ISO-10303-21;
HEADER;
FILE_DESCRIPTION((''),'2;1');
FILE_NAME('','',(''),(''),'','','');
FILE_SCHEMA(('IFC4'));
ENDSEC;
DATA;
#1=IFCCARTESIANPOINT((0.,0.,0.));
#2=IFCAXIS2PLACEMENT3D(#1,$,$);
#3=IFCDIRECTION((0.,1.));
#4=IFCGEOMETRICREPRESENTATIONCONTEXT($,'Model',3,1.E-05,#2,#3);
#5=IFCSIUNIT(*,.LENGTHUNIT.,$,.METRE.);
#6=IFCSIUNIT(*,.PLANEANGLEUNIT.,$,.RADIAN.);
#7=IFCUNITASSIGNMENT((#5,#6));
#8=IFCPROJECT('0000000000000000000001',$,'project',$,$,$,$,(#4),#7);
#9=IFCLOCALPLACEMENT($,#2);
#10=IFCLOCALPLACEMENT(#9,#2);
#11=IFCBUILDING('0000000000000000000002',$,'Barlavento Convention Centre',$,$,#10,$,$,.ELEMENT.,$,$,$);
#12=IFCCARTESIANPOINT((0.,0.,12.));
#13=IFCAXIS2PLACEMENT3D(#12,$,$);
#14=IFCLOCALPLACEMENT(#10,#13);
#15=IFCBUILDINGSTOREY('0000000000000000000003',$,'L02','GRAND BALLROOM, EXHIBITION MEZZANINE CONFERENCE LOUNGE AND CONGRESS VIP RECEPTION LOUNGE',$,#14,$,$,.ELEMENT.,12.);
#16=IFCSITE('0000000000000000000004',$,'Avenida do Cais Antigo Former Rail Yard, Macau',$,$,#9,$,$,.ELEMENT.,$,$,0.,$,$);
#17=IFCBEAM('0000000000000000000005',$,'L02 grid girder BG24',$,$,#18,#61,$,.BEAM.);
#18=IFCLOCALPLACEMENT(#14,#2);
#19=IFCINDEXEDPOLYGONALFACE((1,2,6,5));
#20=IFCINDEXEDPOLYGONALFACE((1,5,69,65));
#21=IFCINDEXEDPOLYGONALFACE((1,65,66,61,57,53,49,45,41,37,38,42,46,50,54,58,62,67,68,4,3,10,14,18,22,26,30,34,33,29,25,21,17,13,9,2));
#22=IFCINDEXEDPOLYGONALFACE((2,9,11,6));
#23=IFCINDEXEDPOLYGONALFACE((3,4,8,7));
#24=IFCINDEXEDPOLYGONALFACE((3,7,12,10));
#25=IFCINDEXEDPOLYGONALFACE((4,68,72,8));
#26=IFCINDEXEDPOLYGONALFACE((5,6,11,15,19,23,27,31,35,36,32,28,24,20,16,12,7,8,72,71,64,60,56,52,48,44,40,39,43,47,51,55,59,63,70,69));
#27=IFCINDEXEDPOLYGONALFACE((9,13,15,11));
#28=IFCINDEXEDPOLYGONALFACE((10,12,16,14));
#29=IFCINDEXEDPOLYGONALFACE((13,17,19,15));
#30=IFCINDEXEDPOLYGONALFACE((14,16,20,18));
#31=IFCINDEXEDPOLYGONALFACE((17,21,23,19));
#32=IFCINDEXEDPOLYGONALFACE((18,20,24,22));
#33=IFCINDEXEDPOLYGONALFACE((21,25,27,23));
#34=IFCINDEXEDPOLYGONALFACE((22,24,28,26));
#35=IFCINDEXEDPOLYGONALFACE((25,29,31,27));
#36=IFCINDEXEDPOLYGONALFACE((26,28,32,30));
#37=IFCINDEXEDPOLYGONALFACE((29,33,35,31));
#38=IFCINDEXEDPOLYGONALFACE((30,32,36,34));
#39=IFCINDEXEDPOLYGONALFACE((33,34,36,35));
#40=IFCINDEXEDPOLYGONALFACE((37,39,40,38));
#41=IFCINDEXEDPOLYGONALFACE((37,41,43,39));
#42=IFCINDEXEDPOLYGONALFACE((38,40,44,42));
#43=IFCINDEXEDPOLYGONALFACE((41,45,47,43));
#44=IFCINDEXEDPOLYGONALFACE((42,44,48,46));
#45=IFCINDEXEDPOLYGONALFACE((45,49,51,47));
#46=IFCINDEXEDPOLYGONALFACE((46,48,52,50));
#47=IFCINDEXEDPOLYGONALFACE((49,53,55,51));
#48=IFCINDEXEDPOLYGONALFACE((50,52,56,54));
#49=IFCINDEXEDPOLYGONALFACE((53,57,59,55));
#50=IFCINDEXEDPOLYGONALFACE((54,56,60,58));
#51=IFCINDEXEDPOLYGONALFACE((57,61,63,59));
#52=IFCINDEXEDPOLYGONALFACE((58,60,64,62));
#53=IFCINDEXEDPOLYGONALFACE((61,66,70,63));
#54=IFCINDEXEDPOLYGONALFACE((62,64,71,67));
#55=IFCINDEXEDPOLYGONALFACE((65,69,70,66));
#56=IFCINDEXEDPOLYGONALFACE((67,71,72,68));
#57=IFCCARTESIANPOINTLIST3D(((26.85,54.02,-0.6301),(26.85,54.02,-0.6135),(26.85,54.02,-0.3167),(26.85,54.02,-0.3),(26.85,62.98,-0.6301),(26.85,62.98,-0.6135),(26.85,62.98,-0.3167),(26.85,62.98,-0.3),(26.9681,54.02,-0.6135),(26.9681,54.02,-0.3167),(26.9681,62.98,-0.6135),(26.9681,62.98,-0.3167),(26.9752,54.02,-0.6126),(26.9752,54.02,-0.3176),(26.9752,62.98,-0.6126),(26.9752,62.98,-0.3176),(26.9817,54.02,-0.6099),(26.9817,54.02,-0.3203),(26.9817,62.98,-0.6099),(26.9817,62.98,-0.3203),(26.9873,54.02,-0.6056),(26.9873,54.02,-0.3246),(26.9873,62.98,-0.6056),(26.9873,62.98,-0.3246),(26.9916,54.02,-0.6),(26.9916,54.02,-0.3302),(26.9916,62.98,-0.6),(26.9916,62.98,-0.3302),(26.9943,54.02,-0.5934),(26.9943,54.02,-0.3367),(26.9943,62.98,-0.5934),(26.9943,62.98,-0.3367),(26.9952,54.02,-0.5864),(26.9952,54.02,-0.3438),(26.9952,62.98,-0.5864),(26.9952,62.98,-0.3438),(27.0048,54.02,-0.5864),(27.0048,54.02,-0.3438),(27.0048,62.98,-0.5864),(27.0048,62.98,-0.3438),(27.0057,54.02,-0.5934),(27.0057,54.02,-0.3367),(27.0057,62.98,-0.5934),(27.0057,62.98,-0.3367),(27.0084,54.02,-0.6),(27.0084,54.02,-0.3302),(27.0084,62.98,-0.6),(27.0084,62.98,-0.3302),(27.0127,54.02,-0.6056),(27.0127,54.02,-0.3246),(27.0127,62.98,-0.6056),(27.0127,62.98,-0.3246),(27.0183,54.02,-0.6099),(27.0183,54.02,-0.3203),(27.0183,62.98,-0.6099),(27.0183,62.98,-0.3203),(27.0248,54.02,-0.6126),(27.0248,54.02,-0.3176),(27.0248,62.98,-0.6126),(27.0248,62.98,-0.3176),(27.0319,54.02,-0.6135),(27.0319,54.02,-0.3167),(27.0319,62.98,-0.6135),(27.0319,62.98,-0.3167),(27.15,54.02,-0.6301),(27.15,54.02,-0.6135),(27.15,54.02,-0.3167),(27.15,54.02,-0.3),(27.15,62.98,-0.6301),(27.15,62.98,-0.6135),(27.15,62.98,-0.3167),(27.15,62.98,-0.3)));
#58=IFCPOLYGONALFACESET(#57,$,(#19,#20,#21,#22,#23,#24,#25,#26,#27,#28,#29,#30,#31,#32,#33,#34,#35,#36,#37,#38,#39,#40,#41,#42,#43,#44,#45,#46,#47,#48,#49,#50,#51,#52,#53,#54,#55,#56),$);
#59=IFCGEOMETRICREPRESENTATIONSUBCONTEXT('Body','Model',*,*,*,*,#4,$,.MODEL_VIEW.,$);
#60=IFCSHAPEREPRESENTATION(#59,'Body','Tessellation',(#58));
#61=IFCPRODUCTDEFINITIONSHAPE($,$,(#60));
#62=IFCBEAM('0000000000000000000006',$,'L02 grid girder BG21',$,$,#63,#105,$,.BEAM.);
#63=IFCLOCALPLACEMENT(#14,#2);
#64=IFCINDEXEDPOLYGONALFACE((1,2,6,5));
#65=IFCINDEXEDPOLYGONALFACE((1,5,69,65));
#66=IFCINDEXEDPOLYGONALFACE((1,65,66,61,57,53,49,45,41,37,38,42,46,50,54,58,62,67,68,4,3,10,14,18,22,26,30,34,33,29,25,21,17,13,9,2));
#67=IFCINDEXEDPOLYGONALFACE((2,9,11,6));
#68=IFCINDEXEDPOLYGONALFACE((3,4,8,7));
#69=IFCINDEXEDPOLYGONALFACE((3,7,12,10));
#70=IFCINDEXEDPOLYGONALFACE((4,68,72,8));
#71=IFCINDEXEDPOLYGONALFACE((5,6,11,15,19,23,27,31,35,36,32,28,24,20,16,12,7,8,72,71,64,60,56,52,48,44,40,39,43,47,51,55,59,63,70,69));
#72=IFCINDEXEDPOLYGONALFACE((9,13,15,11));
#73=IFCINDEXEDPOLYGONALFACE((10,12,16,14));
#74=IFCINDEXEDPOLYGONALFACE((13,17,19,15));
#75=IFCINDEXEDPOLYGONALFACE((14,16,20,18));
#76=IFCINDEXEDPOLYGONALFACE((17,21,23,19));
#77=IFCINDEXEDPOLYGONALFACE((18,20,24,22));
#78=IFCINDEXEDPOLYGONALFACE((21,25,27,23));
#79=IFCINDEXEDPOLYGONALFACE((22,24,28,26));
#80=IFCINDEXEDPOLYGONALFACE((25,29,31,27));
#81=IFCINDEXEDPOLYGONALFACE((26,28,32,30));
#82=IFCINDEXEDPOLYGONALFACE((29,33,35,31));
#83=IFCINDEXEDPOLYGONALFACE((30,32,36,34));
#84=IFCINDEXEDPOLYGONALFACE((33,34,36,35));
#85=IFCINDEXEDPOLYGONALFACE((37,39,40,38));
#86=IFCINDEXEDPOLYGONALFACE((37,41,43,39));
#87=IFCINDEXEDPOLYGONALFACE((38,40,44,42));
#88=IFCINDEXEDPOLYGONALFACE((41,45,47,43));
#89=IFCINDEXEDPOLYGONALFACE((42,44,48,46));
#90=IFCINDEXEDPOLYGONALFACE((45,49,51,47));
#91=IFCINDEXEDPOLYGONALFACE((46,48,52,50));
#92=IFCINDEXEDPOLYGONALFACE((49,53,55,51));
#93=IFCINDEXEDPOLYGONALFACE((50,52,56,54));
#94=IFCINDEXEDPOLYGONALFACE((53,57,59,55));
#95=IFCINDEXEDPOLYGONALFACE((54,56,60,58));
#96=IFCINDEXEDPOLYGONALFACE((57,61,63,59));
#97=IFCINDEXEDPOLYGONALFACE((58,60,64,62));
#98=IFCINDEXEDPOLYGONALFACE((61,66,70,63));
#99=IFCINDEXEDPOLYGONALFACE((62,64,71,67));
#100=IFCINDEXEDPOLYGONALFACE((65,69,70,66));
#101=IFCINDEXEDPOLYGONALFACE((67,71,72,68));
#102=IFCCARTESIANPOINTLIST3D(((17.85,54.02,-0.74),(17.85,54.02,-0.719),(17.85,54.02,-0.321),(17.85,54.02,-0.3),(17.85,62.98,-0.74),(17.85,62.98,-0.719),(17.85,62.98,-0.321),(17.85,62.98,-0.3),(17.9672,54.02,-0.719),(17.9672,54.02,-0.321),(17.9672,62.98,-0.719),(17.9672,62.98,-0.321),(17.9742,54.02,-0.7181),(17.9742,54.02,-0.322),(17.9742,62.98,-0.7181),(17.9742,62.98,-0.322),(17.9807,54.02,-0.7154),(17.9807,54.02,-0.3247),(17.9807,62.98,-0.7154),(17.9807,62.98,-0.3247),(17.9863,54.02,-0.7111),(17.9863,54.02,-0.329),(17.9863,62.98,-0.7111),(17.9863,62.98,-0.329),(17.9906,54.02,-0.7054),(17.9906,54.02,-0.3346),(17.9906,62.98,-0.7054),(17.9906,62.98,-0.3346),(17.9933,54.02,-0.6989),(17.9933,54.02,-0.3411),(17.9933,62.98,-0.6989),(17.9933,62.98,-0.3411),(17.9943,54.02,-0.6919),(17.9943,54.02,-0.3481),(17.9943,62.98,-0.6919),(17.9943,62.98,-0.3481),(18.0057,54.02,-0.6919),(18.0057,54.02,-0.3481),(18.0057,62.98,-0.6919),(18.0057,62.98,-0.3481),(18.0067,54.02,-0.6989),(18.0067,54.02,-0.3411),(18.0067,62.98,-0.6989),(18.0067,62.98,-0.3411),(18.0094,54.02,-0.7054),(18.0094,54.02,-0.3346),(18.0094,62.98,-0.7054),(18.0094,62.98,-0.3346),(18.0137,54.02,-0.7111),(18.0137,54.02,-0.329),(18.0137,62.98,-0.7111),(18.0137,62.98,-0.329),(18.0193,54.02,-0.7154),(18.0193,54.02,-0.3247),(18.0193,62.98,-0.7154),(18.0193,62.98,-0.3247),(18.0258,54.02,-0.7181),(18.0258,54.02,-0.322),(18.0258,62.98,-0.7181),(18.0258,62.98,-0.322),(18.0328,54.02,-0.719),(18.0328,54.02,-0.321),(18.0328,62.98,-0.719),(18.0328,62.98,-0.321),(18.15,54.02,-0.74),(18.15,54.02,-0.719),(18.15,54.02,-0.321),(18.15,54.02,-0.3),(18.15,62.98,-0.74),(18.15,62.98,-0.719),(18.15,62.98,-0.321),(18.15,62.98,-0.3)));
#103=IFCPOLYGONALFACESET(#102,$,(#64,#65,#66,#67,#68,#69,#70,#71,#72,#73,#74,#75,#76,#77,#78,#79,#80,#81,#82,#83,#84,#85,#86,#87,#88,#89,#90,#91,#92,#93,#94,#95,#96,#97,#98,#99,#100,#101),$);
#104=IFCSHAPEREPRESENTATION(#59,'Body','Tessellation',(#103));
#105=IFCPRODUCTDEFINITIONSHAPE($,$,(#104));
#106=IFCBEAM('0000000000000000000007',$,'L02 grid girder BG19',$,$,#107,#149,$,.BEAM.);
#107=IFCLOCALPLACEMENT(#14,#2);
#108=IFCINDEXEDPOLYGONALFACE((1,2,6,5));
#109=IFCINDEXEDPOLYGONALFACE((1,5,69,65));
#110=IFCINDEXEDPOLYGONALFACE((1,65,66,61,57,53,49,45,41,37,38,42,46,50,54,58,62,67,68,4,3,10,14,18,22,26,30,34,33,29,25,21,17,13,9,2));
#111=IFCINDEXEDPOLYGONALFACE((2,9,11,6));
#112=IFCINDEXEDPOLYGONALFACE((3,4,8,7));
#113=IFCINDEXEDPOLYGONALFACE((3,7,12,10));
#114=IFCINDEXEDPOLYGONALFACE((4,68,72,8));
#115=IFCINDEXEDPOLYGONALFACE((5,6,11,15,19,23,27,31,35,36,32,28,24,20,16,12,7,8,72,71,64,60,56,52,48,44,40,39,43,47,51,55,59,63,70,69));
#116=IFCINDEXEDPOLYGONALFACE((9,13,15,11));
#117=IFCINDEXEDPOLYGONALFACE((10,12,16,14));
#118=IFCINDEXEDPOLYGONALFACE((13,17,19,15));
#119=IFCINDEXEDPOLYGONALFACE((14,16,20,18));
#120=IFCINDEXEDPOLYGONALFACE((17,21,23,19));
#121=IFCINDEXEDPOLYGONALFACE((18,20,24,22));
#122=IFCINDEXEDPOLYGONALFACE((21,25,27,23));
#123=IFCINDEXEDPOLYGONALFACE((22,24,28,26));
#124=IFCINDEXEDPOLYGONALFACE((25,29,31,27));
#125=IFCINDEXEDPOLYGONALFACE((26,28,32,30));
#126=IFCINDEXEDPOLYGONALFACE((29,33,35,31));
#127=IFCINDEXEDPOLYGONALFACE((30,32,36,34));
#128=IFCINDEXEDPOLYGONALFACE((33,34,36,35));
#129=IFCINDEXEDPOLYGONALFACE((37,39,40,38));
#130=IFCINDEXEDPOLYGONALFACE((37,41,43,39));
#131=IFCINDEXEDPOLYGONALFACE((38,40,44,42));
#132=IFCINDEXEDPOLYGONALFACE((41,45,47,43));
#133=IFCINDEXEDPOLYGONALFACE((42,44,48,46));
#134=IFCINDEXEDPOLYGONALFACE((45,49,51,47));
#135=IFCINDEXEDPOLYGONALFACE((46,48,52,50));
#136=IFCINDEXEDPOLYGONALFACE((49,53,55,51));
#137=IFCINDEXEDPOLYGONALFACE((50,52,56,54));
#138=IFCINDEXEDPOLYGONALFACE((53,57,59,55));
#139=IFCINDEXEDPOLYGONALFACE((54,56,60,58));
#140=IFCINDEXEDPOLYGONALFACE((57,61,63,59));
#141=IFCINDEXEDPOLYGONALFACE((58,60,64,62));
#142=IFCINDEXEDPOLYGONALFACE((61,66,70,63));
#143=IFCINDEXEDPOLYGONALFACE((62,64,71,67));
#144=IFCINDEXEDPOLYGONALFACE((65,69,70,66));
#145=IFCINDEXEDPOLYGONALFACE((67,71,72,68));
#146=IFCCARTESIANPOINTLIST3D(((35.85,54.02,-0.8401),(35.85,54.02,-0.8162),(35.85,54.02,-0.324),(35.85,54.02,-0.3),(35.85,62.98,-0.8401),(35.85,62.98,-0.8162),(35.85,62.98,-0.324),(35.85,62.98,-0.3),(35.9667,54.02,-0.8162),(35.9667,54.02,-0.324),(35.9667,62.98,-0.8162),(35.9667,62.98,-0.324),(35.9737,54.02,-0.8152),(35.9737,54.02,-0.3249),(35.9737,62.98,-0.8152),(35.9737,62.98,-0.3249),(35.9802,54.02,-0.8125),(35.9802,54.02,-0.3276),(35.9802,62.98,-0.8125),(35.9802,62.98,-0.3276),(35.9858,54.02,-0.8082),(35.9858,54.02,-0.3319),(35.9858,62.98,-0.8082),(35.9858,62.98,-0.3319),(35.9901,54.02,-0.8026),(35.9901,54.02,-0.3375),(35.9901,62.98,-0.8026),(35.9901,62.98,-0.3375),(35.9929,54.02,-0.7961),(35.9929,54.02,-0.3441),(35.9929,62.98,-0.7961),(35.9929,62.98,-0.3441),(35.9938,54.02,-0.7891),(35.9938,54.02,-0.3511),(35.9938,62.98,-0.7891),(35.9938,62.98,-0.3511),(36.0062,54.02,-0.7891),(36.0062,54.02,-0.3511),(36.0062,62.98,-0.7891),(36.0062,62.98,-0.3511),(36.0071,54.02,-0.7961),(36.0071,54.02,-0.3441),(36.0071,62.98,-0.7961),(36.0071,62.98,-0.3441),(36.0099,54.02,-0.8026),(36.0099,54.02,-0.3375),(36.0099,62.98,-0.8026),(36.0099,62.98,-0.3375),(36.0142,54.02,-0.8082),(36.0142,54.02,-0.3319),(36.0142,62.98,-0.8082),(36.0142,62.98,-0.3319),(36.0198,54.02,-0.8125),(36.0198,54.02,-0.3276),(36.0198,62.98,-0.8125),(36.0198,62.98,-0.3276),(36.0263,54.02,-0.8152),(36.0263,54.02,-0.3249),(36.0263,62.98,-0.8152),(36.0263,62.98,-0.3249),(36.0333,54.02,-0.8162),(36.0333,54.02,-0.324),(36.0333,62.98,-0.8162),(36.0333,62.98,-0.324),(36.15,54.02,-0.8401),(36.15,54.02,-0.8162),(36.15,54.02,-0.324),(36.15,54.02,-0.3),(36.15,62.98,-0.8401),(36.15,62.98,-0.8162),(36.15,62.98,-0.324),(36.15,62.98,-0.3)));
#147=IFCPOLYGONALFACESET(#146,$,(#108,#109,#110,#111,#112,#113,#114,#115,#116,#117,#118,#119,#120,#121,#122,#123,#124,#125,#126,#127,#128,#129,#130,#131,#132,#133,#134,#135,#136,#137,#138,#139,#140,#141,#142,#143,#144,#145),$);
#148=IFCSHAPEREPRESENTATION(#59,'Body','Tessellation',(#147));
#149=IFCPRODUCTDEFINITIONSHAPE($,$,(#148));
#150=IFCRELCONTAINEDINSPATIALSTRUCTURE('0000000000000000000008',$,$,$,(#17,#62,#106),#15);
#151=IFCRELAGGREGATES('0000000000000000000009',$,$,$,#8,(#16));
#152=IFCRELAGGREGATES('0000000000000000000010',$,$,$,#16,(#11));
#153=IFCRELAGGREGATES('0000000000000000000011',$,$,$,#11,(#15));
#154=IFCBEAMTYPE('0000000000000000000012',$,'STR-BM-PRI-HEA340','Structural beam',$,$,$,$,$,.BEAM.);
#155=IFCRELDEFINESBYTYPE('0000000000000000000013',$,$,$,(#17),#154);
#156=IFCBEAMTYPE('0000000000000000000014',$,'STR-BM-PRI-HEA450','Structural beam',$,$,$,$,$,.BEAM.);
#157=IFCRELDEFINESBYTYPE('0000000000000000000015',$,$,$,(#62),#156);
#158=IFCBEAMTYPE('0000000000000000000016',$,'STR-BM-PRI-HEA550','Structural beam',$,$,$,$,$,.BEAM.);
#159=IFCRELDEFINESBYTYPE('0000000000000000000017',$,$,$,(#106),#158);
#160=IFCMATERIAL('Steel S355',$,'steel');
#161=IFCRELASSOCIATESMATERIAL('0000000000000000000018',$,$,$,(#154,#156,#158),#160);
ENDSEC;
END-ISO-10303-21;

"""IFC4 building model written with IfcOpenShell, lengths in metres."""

from ifc_helpers import new_model, si_unit, direction, frame, origin, origin_2d, place, context, subcontext, project, spatial, i_section, extrude, material, material_profile, profile_set, type_object, element, save


model = new_model("IFC4")

# Units and contexts
model_context = context("Model", 3, precision=1e-05, world=origin(), true_north=direction((0.0, 1.0)))
body_context = subcontext(model_context, "Body", "Model", "MODEL_VIEW")
ifc_project = project(units=[si_unit("LENGTHUNIT", "METRE"), si_unit("PLANEANGLEUNIT", "RADIAN")], contexts=[model_context])

# Site, building, storey
site_placement = place(None, origin())
site = spatial("IfcSite", under=ifc_project, at=site_placement, Name="Avenida do Cais Antigo Former Rail Yard, Macau", CompositionType="ELEMENT", RefElevation=0.0)
building_placement = place(site_placement, origin())
building = spatial("IfcBuilding", under=site, at=building_placement, Name="Barlavento Convention Centre", CompositionType="ELEMENT")
storey_placement = place(building_placement, frame((0.0, 0.0, 12.0)))
storey = spatial("IfcBuildingStorey", under=building, at=storey_placement, Name="L02", Description="GRAND BALLROOM, EXHIBITION MEZZANINE CONFERENCE LOUNGE AND CONGRESS VIP RECEPTION LOUNGE", CompositionType="ELEMENT", Elevation=12.0)

# Shared definitions
ifc_material_1 = material(Name="Steel S355", Category="steel")

# Beams
ifc_material_profile_1 = material_profile(ifc_material_1, i_section(OverallWidth=0.3, OverallDepth=0.3301, WebThickness=0.0095, FlangeThickness=0.0166, FilletRadius=0.0271, at=origin_2d()), Name="HEA 340")
ifc_profile_set_1 = profile_set([ifc_material_profile_1], Name="Steel S355")
beam_type_1 = type_object("IfcBeamType", Name="STR-BM-PRI-HEA340", Description="Structural beam", PredefinedType="BEAM", material=ifc_profile_set_1)
beam_1_placement = place(storey_placement, frame((27.0, 54.02, -0.4651), z_axis=(0.0, 1.0, 0.0), x_axis=(-1.0, 0.0, 0.0)))
element("IfcBeam", 1, at=beam_1_placement, inside=storey, type_object=beam_type_1, Name="L02 grid girder BG24", PredefinedType="BEAM", context=body_context, shape_type="SweptSolid", body=[
    extrude(i_section(OverallWidth=0.3, OverallDepth=0.3301, WebThickness=0.0095, FlangeThickness=0.0166, FilletRadius=0.0271, at=origin_2d()), origin(), (0.0, 0.0, 1.0), 8.96),
])
ifc_material_profile_2 = material_profile(ifc_material_1, i_section(OverallWidth=0.3, OverallDepth=0.4399, WebThickness=0.0115, FlangeThickness=0.021, FilletRadius=0.0271, at=origin_2d()), Name="HEA 450")
ifc_profile_set_2 = profile_set([ifc_material_profile_2], Name="Steel S355")
beam_type_2 = type_object("IfcBeamType", Name="STR-BM-PRI-HEA450", Description="Structural beam", PredefinedType="BEAM", material=ifc_profile_set_2)
beam_2_placement = place(storey_placement, frame((18.0, 54.02, -0.52), z_axis=(0.0, 1.0, 0.0), x_axis=(-1.0, 0.0, 0.0)))
element("IfcBeam", 2, at=beam_2_placement, inside=storey, type_object=beam_type_2, Name="L02 grid girder BG21", PredefinedType="BEAM", context=body_context, shape_type="SweptSolid", body=[
    extrude(i_section(OverallWidth=0.3, OverallDepth=0.4399, WebThickness=0.0115, FlangeThickness=0.021, FilletRadius=0.0271, at=origin_2d()), origin(), (0.0, 0.0, 1.0), 8.96),
])
ifc_material_profile_3 = material_profile(ifc_material_1, i_section(OverallWidth=0.3, OverallDepth=0.54, WebThickness=0.0125, FlangeThickness=0.0239, FilletRadius=0.0271, at=origin_2d()), Name="HEA 550")
ifc_profile_set_3 = profile_set([ifc_material_profile_3], Name="Steel S355")
beam_type_3 = type_object("IfcBeamType", Name="STR-BM-PRI-HEA550", Description="Structural beam", PredefinedType="BEAM", material=ifc_profile_set_3)
beam_3_placement = place(storey_placement, frame((36.0, 54.02, -0.5701), z_axis=(0.0, 1.0, 0.0), x_axis=(-1.0, 0.0, 0.0)))
element("IfcBeam", 3, at=beam_3_placement, inside=storey, type_object=beam_type_3, Name="L02 grid girder BG19", PredefinedType="BEAM", context=body_context, shape_type="SweptSolid", body=[
    extrude(i_section(OverallWidth=0.3, OverallDepth=0.54, WebThickness=0.0125, FlangeThickness=0.0239, FilletRadius=0.0271, at=origin_2d()), origin(), (0.0, 0.0, 1.0), 8.96),
])

save(model, "model.ifc")
